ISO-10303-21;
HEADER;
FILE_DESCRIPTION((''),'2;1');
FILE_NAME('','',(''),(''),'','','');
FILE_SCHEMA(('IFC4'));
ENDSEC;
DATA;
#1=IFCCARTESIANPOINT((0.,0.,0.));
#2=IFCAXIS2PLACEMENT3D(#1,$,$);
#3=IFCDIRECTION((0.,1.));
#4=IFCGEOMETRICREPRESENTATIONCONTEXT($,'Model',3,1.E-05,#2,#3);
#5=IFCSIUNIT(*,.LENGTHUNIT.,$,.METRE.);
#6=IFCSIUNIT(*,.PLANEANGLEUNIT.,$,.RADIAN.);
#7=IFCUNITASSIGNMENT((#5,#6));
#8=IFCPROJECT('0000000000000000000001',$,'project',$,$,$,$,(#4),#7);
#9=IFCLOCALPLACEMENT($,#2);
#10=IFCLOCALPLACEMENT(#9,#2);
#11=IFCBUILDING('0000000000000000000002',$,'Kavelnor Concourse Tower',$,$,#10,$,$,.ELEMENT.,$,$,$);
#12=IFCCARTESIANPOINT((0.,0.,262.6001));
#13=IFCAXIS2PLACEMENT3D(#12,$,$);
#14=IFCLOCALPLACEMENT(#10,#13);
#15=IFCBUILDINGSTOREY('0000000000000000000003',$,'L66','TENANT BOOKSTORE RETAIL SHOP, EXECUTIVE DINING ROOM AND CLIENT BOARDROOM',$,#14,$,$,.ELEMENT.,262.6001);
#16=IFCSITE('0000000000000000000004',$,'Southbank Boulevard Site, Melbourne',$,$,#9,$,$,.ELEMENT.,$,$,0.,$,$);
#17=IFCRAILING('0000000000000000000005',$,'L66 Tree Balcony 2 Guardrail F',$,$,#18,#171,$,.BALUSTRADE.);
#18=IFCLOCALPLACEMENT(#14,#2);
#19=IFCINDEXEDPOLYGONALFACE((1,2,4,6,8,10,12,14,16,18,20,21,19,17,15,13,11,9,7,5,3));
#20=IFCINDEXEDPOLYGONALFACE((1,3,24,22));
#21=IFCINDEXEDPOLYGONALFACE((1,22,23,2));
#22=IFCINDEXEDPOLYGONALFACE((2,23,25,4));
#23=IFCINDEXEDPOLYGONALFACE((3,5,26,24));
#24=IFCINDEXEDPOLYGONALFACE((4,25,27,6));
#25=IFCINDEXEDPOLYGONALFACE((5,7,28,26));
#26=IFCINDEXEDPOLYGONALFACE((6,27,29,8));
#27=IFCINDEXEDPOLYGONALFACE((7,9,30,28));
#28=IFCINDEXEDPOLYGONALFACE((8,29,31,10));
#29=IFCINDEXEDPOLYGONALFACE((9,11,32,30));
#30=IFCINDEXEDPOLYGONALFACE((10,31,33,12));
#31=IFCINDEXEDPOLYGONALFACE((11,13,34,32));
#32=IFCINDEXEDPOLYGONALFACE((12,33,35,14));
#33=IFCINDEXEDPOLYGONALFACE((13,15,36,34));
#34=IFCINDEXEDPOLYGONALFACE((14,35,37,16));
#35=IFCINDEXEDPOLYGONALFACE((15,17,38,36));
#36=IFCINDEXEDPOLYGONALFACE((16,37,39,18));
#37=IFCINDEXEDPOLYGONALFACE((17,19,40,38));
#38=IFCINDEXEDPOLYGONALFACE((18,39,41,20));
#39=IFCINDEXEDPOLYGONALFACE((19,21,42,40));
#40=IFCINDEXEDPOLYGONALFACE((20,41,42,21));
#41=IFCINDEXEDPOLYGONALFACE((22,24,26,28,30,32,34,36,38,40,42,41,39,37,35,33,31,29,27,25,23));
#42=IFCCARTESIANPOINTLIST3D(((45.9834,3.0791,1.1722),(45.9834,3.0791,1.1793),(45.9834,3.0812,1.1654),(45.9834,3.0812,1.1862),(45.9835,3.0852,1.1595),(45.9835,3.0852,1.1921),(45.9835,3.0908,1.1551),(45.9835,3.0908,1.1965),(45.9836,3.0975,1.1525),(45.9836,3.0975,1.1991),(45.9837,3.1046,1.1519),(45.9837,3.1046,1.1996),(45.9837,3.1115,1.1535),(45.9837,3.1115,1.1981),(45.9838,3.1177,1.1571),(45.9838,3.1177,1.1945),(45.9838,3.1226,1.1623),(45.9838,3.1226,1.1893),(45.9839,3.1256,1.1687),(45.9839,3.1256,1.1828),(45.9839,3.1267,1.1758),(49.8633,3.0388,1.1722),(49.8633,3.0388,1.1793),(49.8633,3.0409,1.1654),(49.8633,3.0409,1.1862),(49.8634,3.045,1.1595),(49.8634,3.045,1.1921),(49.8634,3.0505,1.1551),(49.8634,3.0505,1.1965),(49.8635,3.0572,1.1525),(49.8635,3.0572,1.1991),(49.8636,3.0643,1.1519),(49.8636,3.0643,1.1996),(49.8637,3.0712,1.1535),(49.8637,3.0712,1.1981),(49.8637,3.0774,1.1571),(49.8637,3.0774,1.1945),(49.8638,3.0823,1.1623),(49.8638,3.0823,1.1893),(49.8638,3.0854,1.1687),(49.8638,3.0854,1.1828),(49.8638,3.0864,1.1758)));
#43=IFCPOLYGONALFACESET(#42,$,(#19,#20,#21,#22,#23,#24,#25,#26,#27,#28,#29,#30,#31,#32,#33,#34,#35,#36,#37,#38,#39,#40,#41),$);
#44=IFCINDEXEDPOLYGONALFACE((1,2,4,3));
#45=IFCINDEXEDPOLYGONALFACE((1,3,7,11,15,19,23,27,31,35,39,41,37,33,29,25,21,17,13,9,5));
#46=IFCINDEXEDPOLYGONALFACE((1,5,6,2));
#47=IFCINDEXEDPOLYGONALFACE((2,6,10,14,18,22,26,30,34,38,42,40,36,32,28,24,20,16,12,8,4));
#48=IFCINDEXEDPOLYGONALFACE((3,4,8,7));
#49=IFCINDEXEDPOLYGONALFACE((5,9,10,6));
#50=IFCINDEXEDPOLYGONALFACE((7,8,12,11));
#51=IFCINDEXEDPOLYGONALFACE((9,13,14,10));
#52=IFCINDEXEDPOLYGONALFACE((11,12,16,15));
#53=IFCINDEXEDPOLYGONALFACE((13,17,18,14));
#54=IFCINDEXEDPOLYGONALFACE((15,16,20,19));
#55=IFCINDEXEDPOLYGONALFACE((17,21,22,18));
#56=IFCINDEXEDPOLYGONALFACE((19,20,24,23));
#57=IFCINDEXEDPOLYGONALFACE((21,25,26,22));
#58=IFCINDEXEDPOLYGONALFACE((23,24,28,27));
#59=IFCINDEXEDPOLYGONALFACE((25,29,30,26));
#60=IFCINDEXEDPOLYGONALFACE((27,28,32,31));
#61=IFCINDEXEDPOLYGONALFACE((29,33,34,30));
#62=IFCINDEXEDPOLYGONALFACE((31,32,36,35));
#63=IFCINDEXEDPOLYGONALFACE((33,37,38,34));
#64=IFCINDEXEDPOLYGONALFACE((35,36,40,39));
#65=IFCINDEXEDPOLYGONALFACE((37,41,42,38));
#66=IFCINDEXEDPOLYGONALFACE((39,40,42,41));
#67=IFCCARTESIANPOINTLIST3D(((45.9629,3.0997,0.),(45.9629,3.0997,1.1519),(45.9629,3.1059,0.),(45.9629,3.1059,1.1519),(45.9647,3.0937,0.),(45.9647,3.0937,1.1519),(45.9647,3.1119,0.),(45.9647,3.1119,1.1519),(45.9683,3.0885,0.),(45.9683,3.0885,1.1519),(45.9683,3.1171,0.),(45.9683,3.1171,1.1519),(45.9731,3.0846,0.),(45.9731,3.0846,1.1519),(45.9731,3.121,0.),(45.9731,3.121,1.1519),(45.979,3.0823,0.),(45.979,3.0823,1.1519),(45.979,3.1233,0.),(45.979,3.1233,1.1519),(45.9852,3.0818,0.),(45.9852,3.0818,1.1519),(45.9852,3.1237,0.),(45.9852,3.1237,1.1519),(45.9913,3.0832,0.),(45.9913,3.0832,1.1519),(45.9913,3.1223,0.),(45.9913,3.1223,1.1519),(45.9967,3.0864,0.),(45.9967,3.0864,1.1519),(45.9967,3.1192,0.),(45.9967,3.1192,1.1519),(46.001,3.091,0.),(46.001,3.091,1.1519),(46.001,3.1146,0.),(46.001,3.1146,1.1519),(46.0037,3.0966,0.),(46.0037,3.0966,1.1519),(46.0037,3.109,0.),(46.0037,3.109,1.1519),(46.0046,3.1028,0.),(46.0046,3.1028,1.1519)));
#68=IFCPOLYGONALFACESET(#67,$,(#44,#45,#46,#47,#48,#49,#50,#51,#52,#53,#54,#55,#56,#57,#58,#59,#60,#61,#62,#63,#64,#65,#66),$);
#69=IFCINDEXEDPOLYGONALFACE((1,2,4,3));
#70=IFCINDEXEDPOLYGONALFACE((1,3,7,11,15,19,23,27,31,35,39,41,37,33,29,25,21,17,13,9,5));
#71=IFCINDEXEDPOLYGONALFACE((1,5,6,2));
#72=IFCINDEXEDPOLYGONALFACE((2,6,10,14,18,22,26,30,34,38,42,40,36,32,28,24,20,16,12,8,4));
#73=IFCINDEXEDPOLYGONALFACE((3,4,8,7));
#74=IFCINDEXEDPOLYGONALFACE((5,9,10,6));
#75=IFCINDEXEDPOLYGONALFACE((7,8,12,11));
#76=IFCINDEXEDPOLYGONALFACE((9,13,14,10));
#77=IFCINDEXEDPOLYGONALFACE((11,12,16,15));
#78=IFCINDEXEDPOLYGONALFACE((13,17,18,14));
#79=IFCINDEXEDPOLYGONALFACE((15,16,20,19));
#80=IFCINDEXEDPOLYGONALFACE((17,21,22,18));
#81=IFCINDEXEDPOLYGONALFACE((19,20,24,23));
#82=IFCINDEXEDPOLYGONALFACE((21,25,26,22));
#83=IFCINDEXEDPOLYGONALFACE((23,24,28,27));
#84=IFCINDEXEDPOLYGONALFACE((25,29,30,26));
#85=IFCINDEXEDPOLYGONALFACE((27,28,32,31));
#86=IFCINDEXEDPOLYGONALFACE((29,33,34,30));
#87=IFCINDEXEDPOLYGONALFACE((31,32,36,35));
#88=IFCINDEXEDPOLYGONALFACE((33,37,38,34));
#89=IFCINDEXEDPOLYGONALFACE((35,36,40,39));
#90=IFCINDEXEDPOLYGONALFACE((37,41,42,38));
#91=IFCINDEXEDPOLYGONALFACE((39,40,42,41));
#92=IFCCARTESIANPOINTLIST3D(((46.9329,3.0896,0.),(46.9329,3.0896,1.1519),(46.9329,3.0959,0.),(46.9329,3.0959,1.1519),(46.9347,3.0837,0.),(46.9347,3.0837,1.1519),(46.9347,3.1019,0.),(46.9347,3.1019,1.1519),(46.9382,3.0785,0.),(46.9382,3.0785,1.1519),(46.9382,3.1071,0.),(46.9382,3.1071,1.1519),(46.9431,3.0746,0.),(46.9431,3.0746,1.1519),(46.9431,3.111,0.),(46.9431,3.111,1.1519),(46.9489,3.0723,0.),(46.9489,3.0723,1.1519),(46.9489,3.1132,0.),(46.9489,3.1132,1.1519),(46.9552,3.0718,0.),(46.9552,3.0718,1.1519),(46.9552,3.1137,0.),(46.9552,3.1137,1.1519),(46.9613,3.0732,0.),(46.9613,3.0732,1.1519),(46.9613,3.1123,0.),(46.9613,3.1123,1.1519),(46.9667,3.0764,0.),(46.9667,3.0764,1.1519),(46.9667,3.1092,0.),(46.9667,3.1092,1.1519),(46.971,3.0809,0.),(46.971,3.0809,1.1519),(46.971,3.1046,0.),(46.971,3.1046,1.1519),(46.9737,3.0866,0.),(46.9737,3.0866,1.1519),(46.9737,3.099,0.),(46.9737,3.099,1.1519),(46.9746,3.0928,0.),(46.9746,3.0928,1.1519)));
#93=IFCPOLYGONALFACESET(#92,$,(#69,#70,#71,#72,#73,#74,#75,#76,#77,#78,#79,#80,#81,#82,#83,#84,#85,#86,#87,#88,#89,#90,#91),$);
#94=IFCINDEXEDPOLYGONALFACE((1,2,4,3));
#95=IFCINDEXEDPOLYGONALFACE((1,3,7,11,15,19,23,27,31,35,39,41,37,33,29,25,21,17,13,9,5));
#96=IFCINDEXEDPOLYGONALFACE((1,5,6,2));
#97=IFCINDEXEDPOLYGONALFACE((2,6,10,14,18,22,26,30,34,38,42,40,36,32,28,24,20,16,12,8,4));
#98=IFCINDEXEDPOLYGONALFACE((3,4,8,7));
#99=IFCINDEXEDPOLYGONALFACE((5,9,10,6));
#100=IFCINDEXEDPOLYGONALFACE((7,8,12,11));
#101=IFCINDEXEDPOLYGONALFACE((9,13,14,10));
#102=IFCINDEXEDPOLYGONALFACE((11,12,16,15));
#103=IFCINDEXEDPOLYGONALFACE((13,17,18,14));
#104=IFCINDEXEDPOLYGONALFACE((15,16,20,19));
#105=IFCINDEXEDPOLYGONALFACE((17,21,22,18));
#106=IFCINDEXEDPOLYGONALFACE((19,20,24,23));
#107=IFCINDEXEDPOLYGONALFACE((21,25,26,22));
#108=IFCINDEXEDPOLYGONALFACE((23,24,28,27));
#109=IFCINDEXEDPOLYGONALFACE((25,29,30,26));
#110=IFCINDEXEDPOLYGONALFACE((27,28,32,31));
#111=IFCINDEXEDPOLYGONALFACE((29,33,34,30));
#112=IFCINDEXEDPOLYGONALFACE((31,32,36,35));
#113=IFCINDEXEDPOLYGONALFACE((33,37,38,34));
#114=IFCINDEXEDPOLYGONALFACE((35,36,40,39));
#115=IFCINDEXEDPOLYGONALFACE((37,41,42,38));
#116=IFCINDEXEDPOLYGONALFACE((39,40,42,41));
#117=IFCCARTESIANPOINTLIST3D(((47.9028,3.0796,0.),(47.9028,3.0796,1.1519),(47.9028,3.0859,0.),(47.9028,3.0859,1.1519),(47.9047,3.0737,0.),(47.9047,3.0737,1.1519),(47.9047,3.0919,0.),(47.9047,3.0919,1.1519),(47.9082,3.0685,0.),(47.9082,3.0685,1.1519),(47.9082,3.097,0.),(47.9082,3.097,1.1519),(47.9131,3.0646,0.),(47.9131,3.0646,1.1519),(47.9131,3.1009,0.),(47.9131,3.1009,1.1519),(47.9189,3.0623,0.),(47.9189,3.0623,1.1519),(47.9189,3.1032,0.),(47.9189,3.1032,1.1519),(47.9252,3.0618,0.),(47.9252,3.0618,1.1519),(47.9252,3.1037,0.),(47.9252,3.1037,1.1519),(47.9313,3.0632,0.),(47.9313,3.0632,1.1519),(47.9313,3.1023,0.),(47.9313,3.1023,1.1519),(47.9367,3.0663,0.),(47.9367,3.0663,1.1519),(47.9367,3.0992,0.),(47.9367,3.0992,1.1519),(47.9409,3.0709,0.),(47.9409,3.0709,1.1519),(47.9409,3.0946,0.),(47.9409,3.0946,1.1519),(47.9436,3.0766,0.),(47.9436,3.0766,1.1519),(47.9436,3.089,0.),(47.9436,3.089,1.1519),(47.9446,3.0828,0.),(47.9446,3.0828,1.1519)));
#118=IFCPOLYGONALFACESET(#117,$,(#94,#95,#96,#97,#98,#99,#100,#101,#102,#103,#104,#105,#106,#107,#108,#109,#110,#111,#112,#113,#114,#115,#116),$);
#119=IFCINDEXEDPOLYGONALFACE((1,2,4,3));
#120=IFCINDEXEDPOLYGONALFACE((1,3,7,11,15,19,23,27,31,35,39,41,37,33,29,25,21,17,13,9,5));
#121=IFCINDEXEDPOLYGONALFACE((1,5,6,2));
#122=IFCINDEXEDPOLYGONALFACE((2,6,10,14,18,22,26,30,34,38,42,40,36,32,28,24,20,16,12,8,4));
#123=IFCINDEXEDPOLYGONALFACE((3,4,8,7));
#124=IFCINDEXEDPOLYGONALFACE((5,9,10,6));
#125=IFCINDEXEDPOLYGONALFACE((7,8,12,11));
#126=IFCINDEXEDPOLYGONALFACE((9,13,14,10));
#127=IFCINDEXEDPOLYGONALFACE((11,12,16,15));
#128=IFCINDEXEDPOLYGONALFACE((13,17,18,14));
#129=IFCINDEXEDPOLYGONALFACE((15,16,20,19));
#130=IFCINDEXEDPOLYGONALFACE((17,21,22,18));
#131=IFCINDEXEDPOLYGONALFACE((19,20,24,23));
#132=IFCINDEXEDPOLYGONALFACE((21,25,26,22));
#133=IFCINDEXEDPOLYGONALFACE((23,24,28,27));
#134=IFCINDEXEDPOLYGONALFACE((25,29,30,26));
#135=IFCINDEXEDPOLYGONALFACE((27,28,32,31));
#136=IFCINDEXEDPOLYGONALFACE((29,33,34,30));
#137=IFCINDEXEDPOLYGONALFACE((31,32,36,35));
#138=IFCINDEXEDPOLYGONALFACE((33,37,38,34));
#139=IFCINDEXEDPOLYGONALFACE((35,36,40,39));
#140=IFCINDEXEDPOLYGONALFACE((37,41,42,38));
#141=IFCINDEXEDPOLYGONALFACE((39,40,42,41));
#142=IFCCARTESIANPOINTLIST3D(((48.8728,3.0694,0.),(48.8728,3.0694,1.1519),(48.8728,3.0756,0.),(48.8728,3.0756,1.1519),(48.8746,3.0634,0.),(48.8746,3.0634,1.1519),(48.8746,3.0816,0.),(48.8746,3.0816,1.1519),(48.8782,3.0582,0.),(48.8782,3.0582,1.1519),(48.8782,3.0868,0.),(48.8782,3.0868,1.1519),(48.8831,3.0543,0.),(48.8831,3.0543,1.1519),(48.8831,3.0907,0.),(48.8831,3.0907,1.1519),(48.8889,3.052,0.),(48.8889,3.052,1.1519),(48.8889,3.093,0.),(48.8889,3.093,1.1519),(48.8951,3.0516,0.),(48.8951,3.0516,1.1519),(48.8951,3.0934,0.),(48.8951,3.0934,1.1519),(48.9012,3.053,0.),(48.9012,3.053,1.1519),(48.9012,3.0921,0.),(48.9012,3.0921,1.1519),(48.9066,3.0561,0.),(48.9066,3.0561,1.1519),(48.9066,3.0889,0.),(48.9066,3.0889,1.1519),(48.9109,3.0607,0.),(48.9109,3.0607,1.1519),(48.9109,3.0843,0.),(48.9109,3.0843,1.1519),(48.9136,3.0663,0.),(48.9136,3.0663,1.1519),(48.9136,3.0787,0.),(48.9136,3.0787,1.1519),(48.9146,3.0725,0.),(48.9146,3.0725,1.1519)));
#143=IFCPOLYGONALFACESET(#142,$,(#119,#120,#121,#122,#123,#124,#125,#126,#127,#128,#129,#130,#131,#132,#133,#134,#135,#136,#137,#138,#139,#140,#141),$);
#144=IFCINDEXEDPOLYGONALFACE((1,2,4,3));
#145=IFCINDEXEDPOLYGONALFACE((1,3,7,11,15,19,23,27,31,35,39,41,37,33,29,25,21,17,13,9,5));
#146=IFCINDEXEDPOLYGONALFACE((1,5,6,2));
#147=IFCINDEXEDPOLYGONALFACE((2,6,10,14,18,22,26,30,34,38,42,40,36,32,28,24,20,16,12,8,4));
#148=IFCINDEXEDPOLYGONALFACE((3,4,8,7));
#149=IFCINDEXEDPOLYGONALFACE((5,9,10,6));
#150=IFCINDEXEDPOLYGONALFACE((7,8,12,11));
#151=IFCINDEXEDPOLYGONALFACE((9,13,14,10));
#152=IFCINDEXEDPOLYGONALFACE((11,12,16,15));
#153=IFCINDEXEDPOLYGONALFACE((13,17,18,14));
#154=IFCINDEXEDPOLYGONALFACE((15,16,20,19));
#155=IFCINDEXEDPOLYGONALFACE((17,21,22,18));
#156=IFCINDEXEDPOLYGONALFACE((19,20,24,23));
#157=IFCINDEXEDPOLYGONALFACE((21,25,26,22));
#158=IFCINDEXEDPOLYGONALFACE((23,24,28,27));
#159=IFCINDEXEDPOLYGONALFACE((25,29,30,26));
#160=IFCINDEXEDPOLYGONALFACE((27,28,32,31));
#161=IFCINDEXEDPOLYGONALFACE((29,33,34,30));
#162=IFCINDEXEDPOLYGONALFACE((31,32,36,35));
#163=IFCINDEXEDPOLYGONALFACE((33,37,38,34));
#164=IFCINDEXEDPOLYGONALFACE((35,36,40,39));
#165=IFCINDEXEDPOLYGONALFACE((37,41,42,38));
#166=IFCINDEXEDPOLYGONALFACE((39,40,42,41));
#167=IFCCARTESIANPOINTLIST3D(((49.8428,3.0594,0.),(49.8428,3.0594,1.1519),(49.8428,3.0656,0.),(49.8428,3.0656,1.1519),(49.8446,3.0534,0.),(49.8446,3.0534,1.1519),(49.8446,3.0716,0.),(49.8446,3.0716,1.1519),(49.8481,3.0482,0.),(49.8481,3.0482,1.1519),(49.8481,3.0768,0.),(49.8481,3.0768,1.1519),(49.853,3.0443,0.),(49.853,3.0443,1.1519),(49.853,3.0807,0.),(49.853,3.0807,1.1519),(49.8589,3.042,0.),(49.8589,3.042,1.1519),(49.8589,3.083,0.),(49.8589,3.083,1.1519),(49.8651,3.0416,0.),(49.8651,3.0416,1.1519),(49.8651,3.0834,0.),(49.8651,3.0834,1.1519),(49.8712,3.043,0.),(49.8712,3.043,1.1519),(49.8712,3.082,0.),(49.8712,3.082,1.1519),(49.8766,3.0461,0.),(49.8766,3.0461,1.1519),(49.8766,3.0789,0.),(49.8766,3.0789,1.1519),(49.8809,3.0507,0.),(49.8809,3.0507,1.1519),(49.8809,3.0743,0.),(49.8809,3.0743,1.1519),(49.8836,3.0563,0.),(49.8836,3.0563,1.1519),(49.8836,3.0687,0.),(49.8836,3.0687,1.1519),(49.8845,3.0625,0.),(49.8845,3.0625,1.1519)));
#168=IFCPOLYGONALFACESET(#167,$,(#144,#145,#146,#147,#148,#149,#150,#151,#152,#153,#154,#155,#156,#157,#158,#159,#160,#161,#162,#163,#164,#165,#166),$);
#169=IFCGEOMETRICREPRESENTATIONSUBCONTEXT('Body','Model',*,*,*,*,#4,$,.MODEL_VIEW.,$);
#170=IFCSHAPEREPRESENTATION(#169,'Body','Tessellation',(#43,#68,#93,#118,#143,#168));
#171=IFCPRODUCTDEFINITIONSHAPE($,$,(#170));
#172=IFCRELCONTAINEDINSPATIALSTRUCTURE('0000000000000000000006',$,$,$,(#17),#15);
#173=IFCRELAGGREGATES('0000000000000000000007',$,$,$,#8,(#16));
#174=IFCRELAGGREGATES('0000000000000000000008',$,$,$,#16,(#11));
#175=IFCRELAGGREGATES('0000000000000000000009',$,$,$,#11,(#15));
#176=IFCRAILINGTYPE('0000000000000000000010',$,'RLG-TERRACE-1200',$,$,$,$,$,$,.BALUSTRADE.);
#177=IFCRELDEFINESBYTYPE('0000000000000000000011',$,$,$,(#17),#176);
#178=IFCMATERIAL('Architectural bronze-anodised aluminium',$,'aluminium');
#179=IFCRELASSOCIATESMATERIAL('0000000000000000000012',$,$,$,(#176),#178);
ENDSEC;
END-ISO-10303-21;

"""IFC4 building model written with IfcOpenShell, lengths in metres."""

from ifc_helpers import new_model, si_unit, direction, frame, origin, origin_2d, place, context, subcontext, project, spatial, circle, extrude, material, type_object, element, save


model = new_model("IFC4")

# Units and contexts
model_context = context("Model", 3, precision=1e-05, world=origin(), true_north=direction((0.0, 1.0)))
body_context = subcontext(model_context, "Body", "Model", "MODEL_VIEW")
ifc_project = project(units=[si_unit("LENGTHUNIT", "METRE"), si_unit("PLANEANGLEUNIT", "RADIAN")], contexts=[model_context])

# Site, building, storey
site_placement = place(None, origin())
site = spatial("IfcSite", under=ifc_project, at=site_placement, Name="Southbank Boulevard Site, Melbourne", CompositionType="ELEMENT", RefElevation=0.0)
building_placement = place(site_placement, origin())
building = spatial("IfcBuilding", under=site, at=building_placement, Name="Kavelnor Concourse Tower", CompositionType="ELEMENT")
storey_placement = place(building_placement, frame((0.0, 0.0, 262.6001)))
storey = spatial("IfcBuildingStorey", under=building, at=storey_placement, Name="L66", Description="TENANT BOOKSTORE RETAIL SHOP, EXECUTIVE DINING ROOM AND CLIENT BOARDROOM", CompositionType="ELEMENT", Elevation=262.6001)

# Railing
ifc_material_1 = material(Name="Architectural bronze-anodised aluminium", Category="aluminium")
railing_type_1 = type_object("IfcRailingType", Name="RLG-TERRACE-1200", PredefinedType="BALUSTRADE", material=ifc_material_1)
railing_1_placement = place(storey_placement, frame((45.9836, 3.1028, 0.0)))
element("IfcRailing", 1, at=railing_1_placement, inside=storey, type_object=railing_type_1, Name="L66 Tree Balcony 2 Guardrail F", PredefinedType="BALUSTRADE", context=body_context, shape_type="SweptSolid", body=[
    extrude(circle(Radius=0.0239, at=origin_2d()), frame((0.0, 0.0, 1.1758), z_axis=(0.999946, -0.010382, 0.0), x_axis=(0.010382, 0.999946, 0.0)), (0.0, 0.0, 1.0), 3.8801),
    extrude(circle(Radius=0.021, at=origin_2d()), origin(), (0.0, 0.0, 1.0), 1.1519),
    extrude(circle(Radius=0.021, at=origin_2d()), frame((0.97, -0.01, 0.0)), (0.0, 0.0, 1.0), 1.1519),
    extrude(circle(Radius=0.021, at=origin_2d()), frame((1.9399, -0.02, 0.0)), (0.0, 0.0, 1.0), 1.1519),
    extrude(circle(Radius=0.021, at=origin_2d()), frame((2.9099, -0.0303, 0.0)), (0.0, 0.0, 1.0), 1.1519),
    extrude(circle(Radius=0.021, at=origin_2d()), frame((3.8799, -0.0403, 0.0)), (0.0, 0.0, 1.0), 1.1519),
])

save(model, "model.ifc")
